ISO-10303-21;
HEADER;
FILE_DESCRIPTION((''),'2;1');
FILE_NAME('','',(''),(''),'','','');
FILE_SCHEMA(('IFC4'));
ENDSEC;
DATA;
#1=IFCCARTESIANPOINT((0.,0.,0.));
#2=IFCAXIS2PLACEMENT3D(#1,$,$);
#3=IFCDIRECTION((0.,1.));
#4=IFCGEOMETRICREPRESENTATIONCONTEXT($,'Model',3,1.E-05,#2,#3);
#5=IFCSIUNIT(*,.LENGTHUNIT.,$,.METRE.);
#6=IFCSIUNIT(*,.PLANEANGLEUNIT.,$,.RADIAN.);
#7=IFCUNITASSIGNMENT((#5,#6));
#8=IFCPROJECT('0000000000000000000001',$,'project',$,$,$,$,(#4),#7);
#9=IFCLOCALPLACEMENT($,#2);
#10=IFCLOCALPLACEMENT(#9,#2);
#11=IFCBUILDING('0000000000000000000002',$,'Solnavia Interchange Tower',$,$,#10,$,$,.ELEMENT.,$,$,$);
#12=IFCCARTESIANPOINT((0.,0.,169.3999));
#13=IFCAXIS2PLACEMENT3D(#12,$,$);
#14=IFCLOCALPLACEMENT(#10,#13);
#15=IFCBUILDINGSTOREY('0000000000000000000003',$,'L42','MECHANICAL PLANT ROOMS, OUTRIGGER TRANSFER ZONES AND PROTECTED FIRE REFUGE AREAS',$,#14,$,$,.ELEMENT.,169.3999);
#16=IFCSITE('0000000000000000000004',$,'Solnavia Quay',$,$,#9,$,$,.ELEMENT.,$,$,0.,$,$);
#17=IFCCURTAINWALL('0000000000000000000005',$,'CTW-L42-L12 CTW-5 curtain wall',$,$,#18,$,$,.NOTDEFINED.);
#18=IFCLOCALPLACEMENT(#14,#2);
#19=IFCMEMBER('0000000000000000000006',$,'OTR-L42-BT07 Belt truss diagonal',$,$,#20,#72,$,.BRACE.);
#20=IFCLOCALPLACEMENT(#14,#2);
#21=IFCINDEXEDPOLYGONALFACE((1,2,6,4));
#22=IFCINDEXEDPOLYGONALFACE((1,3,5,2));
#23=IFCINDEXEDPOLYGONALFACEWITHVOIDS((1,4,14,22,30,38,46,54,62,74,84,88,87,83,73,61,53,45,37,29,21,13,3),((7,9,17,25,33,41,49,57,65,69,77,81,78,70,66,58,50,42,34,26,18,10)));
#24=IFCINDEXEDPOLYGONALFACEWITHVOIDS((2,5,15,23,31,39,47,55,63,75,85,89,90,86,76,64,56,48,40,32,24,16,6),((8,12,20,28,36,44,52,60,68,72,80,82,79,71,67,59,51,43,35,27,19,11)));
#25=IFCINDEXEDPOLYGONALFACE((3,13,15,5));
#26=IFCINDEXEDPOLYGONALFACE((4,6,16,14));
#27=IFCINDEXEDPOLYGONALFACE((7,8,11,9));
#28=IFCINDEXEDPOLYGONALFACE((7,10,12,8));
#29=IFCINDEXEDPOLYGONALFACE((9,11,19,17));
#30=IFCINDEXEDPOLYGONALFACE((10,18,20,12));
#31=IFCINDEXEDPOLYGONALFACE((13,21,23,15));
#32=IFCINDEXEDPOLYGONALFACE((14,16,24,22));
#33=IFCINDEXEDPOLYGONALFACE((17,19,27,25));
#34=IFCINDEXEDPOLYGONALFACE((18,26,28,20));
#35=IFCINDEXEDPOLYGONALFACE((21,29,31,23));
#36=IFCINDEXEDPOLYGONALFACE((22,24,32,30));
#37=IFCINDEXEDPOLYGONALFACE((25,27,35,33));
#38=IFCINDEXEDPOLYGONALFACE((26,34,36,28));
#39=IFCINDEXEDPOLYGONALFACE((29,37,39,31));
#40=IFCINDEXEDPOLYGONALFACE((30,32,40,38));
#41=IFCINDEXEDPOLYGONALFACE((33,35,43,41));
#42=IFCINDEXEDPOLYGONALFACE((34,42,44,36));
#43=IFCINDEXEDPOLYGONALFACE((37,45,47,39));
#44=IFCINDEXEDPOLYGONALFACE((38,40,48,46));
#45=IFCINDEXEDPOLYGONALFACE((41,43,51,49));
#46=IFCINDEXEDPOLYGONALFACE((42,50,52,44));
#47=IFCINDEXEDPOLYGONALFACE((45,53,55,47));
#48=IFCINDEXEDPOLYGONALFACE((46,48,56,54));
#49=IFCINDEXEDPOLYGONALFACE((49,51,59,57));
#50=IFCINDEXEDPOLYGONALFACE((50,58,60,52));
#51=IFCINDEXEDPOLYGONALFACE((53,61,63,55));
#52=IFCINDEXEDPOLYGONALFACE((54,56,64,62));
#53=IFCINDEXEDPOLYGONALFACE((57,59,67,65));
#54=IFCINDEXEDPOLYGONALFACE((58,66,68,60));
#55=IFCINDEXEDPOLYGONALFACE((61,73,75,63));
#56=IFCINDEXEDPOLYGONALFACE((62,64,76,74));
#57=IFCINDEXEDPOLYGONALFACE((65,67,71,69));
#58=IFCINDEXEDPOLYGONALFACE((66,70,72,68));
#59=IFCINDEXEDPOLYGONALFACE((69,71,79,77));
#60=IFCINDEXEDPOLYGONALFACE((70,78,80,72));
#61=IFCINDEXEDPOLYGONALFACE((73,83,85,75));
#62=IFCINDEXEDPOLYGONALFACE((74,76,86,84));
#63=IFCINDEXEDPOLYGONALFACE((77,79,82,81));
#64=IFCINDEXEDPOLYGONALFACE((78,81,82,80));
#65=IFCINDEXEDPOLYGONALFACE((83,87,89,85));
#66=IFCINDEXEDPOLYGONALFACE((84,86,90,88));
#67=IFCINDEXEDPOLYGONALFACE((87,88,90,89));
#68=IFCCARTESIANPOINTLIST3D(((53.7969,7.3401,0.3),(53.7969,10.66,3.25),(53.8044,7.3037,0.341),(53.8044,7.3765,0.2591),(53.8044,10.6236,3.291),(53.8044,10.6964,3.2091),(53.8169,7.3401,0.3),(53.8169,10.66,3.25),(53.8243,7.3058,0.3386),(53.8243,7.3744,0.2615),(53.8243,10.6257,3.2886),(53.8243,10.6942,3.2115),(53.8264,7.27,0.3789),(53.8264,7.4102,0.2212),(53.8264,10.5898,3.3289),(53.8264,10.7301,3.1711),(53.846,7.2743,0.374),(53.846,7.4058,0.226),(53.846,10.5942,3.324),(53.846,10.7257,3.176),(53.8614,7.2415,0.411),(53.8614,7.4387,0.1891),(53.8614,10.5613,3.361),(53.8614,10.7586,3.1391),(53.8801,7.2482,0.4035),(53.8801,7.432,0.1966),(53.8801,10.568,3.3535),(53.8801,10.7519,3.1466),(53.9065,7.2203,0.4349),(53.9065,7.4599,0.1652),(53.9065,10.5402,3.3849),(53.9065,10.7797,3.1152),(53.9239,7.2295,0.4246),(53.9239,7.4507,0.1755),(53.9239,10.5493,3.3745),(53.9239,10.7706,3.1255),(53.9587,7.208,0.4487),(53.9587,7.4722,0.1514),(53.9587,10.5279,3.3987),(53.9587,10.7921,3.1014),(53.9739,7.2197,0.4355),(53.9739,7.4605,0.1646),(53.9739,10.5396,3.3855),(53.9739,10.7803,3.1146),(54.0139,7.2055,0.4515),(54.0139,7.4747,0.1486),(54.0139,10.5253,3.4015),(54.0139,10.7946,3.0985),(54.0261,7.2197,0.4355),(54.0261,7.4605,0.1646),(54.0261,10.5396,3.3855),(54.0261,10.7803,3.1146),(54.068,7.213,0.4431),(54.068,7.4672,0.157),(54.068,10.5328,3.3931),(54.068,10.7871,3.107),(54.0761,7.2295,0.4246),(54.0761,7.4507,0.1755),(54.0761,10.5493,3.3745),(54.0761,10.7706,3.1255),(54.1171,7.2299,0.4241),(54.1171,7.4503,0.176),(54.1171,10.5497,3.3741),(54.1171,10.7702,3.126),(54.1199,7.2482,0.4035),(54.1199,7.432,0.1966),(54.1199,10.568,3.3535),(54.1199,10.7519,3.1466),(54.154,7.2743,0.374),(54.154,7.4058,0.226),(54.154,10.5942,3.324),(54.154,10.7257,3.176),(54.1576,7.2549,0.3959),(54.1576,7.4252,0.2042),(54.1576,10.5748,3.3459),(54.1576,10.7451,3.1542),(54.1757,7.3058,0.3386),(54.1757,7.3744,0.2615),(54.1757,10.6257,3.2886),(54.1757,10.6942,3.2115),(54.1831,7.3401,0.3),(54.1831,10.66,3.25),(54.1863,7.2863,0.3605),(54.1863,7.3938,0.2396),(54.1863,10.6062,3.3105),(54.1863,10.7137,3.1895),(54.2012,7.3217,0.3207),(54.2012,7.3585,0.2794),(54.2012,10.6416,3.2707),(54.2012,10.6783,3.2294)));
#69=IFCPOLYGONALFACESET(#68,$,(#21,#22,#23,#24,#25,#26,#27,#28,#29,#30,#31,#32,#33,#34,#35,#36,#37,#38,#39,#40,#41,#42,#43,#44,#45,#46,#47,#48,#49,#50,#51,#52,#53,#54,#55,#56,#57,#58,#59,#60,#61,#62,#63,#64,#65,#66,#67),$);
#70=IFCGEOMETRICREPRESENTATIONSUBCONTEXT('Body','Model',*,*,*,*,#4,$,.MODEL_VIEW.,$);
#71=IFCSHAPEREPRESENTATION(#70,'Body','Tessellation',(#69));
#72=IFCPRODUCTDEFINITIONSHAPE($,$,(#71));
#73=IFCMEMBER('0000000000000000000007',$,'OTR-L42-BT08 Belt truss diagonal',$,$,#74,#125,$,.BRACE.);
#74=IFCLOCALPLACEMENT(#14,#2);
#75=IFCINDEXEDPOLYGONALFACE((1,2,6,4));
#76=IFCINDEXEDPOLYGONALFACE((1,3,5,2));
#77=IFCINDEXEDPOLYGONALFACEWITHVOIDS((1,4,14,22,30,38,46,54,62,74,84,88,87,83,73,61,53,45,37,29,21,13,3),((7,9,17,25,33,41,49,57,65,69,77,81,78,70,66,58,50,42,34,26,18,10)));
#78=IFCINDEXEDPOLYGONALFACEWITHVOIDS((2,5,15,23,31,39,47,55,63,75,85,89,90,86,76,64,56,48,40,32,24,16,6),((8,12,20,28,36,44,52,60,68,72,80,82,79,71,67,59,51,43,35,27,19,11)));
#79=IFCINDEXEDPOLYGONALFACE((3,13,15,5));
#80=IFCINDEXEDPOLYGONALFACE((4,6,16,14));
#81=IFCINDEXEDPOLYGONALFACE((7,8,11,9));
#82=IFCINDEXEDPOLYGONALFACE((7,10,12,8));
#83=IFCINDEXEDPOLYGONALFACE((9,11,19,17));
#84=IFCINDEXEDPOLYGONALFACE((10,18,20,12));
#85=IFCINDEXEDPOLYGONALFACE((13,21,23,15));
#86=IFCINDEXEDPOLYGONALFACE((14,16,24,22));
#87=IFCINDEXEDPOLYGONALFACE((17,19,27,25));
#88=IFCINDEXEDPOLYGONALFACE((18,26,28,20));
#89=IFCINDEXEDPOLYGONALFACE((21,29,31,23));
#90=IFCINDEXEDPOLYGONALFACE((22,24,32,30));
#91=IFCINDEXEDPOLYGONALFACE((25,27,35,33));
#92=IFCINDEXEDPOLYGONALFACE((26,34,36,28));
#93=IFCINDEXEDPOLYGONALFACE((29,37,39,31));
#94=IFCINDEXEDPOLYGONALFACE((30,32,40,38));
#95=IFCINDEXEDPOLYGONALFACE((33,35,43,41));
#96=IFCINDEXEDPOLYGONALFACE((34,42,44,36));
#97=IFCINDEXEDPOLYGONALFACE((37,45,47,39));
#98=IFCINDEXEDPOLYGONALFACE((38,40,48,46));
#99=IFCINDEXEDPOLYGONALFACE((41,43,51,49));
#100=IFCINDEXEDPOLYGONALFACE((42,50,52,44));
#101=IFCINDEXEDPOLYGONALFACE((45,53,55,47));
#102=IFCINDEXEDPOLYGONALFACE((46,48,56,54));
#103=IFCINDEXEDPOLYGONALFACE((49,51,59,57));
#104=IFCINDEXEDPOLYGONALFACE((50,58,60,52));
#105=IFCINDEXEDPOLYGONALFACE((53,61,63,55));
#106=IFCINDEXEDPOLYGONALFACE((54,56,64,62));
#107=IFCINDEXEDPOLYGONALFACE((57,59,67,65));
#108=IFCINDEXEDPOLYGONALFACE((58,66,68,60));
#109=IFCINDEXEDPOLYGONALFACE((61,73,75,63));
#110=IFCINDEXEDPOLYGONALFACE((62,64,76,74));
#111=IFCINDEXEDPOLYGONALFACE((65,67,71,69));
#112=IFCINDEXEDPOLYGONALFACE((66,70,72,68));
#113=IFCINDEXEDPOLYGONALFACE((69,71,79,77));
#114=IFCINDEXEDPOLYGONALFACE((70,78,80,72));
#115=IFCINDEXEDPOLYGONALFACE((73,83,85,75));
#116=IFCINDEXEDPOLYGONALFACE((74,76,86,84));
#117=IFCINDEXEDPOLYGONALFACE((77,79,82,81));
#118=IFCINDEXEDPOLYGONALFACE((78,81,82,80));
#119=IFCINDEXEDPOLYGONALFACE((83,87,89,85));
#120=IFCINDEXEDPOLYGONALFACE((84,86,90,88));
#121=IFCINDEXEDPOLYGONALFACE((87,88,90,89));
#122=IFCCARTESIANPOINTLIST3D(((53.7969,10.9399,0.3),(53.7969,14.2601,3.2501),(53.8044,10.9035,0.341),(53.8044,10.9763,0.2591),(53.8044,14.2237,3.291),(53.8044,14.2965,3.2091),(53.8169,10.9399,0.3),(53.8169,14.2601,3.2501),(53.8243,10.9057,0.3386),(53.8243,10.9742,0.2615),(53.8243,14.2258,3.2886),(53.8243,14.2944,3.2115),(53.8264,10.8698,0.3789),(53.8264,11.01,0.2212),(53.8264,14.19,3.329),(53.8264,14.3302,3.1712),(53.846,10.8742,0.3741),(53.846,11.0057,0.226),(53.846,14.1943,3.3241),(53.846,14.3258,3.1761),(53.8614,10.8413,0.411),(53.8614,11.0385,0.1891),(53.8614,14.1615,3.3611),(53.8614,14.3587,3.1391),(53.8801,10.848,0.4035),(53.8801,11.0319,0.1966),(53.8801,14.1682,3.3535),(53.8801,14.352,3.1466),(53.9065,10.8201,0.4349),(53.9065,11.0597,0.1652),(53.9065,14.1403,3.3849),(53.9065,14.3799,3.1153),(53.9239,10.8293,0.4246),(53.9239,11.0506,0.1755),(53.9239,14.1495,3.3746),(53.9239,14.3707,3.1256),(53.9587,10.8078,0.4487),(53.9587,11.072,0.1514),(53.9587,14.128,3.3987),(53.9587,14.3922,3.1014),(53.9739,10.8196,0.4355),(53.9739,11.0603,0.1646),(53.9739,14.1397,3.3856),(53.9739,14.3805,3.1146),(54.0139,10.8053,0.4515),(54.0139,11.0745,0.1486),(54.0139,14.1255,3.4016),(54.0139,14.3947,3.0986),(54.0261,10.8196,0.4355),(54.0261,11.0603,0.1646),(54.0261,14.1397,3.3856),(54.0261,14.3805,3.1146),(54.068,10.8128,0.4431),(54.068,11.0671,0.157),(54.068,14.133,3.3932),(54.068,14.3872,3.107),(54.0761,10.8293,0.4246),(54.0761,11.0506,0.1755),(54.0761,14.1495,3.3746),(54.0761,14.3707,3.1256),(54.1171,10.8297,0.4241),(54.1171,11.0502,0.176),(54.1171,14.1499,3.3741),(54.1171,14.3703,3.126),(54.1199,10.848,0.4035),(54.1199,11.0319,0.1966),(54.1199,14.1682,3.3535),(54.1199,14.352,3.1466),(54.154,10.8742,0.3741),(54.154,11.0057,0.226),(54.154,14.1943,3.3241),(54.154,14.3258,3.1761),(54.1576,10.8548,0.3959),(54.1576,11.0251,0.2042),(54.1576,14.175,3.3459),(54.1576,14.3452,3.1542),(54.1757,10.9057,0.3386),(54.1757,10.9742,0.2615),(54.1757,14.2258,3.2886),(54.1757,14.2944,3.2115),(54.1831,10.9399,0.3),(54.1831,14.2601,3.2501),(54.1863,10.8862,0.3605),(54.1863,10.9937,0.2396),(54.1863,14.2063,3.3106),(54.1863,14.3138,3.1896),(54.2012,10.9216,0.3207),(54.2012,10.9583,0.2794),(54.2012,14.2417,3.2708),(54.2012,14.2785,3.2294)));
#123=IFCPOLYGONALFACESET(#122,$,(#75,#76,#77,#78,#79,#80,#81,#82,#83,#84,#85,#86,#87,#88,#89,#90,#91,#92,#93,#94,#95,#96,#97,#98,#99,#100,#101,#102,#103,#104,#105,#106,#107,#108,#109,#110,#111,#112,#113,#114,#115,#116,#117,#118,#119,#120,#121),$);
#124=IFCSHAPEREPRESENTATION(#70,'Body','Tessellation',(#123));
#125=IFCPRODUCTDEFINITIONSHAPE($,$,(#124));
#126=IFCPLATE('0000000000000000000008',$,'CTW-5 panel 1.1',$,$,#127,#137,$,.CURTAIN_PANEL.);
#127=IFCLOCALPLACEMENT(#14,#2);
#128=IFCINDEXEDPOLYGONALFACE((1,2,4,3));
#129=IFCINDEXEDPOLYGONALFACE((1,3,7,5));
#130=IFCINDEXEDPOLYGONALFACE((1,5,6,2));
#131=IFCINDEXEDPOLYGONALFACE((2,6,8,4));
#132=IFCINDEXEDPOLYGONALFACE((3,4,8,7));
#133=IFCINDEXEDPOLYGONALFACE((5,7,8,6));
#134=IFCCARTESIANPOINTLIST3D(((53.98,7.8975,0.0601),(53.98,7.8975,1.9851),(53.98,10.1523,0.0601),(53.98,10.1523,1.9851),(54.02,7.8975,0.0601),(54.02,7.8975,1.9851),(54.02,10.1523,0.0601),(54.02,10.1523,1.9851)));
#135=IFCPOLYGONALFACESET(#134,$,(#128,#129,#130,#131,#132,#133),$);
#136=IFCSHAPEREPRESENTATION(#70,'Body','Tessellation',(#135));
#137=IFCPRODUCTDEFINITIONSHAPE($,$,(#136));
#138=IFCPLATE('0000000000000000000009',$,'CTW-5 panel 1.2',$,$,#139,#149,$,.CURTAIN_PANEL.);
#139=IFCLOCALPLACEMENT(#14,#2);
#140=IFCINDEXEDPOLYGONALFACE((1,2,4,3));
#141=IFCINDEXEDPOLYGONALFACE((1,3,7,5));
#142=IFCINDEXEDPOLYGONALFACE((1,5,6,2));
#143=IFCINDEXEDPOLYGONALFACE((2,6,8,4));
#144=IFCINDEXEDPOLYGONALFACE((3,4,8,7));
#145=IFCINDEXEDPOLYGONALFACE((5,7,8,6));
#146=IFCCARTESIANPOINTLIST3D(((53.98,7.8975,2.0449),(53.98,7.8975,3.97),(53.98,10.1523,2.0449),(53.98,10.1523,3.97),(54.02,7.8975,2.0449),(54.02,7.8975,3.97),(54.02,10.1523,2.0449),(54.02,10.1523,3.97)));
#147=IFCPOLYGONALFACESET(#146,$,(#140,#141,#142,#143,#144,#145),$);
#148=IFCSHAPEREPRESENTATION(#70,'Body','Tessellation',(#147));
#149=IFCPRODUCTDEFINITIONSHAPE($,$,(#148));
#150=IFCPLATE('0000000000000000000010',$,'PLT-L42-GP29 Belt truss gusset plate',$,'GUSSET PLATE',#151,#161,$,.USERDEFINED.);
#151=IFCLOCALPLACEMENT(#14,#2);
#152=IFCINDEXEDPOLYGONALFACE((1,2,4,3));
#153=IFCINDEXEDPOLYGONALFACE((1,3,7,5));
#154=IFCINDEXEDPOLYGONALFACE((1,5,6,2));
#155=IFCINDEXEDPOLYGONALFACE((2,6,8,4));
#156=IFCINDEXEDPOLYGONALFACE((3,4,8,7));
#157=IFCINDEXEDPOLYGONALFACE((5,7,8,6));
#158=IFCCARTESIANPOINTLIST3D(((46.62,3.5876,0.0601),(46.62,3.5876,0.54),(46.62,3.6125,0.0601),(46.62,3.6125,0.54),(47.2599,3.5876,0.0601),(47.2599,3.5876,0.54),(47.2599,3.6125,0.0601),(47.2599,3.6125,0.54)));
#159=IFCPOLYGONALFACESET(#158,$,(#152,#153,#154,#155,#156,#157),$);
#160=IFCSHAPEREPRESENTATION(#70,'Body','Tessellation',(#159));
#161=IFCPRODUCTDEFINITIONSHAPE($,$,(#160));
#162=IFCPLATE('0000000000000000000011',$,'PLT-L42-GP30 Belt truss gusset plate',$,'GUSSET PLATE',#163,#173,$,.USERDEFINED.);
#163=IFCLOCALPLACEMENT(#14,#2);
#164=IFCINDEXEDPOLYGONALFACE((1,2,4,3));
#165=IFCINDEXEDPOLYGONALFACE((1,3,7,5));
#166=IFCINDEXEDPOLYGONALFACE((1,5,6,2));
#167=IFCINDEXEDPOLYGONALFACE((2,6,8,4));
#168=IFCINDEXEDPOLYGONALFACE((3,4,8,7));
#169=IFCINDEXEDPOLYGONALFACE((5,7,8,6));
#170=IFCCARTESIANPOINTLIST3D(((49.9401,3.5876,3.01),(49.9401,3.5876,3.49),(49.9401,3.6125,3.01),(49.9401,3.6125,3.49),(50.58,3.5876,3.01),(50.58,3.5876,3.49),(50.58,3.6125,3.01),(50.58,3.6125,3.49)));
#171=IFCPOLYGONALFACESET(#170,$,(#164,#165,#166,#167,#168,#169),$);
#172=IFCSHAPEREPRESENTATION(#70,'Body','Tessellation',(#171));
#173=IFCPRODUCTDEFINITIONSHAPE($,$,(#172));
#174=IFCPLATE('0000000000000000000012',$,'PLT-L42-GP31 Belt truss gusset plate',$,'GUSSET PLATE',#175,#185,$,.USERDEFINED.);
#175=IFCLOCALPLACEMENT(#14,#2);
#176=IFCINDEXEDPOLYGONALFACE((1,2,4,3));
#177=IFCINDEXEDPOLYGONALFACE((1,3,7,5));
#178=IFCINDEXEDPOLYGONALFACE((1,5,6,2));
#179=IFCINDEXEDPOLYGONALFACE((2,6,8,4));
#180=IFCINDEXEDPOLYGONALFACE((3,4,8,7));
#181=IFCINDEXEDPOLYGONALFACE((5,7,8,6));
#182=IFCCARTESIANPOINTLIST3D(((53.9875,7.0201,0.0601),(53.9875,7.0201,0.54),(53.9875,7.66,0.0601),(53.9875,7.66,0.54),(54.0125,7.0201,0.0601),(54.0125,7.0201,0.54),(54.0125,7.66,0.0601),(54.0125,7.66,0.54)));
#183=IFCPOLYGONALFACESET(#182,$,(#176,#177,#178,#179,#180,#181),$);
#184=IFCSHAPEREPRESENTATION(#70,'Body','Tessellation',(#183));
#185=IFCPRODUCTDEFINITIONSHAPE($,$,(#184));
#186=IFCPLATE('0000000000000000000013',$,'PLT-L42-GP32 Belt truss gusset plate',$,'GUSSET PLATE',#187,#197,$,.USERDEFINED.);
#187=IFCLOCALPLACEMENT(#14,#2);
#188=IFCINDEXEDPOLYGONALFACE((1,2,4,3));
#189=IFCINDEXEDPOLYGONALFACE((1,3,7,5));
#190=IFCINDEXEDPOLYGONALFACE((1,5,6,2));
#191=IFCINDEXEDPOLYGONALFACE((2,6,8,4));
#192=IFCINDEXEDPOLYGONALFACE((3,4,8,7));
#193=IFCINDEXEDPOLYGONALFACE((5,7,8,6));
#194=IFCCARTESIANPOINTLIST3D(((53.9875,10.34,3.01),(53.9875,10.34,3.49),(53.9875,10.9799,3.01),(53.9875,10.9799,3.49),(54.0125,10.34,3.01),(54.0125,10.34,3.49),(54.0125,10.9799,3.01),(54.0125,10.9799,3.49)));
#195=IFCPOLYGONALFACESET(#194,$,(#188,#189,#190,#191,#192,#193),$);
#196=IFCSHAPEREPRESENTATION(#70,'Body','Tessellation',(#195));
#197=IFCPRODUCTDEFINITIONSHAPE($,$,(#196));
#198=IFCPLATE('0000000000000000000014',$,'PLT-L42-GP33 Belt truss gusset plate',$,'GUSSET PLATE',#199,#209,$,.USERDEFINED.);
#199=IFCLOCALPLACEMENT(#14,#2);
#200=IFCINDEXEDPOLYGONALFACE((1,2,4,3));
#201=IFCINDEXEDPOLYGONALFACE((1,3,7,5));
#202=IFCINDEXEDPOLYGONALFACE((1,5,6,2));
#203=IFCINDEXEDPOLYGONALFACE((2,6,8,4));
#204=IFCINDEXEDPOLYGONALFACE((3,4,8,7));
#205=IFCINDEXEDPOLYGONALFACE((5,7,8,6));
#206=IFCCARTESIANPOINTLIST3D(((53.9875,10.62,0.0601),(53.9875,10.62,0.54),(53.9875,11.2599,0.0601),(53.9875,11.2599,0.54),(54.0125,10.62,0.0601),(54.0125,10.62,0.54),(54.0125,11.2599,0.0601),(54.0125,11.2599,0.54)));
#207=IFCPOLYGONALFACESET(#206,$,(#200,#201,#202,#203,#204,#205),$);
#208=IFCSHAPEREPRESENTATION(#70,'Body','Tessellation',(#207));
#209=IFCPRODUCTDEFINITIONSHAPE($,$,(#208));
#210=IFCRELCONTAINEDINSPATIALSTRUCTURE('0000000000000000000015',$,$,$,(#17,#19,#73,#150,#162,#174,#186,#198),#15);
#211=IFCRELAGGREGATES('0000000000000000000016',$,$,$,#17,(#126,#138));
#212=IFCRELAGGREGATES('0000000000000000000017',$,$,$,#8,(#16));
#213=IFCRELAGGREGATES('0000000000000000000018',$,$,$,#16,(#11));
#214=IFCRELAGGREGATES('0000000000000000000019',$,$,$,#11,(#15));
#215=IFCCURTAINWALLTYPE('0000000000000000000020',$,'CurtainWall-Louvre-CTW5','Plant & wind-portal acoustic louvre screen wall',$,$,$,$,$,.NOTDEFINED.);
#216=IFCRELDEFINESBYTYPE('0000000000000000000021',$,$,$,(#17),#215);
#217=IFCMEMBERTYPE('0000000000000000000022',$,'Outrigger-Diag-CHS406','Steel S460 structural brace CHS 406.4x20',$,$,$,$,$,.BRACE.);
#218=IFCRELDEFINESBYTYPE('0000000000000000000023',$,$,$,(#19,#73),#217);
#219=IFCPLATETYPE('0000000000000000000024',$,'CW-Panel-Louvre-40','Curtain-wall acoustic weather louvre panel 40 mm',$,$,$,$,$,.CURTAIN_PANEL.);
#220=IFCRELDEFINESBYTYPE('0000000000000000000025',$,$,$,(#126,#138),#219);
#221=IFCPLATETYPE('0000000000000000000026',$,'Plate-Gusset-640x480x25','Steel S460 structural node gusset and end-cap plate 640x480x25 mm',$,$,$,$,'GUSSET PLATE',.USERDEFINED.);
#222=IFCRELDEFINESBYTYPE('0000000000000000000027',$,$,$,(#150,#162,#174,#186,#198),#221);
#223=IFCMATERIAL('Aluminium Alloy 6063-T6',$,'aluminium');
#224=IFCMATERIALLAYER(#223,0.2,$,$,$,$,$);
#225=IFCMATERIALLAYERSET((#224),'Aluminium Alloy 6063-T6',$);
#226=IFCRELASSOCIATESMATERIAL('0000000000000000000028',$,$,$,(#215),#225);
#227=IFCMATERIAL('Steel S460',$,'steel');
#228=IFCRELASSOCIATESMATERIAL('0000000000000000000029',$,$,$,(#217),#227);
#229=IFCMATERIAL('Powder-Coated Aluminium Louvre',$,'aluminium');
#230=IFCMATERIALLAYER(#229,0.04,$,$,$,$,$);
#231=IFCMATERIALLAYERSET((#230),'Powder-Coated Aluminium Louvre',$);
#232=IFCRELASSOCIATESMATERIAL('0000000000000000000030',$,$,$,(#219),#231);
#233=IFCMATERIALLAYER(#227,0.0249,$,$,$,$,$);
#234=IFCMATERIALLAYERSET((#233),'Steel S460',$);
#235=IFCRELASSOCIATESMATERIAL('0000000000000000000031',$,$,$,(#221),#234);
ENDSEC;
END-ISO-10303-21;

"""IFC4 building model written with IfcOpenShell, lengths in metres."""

from ifc_helpers import new_model, si_unit, direction, frame, origin, origin_2d, place, context, subcontext, project, spatial, rectangle, hollow_circle, extrude, material, layer, layer_set, material_profile, profile_set, type_object, element, aggregate, save


model = new_model("IFC4")

# Units and contexts
model_context = context("Model", 3, precision=1e-05, world=origin(), true_north=direction((0.0, 1.0)))
body_context = subcontext(model_context, "Body", "Model", "MODEL_VIEW")
ifc_project = project(units=[si_unit("LENGTHUNIT", "METRE"), si_unit("PLANEANGLEUNIT", "RADIAN")], contexts=[model_context])

# Site, building, storey
site_placement = place(None, origin())
site = spatial("IfcSite", under=ifc_project, at=site_placement, Name="Solnavia Quay", CompositionType="ELEMENT", RefElevation=0.0)
building_placement = place(site_placement, origin())
building = spatial("IfcBuilding", under=site, at=building_placement, Name="Solnavia Interchange Tower", CompositionType="ELEMENT")
storey_placement = place(building_placement, frame((0.0, 0.0, 169.3999)))
storey = spatial("IfcBuildingStorey", under=building, at=storey_placement, Name="L42", Description="MECHANICAL PLANT ROOMS, OUTRIGGER TRANSFER ZONES AND PROTECTED FIRE REFUGE AREAS", CompositionType="ELEMENT", Elevation=169.3999)

# Curtain wall
ifc_material_1 = material(Name="Aluminium Alloy 6063-T6", Category="aluminium")
ifc_layer_1 = layer(ifc_material_1, 0.2)
ifc_layer_set_1 = layer_set([ifc_layer_1], Name="Aluminium Alloy 6063-T6")
curtain_wall_type = type_object("IfcCurtainWallType", Name="CurtainWall-Louvre-CTW5", Description="Plant & wind-portal acoustic louvre screen wall", PredefinedType="NOTDEFINED", material=ifc_layer_set_1)
curtain_wall_placement = place(storey_placement, origin())
curtain_wall = element("IfcCurtainWall", 1, at=curtain_wall_placement, inside=storey, type_object=curtain_wall_type, Name="CTW-L42-L12 CTW-5 curtain wall", PredefinedType="NOTDEFINED")

# Members
ifc_material_2 = material(Name="Steel S460", Category="steel")
ifc_material_profile_1 = material_profile(ifc_material_2, hollow_circle(Radius=0.2031, WallThickness=0.02, at=origin_2d()), Name="CHS 406.4x20")
ifc_profile_set_1 = profile_set([ifc_material_profile_1], Name="Steel S460")
member_type_1 = type_object("IfcMemberType", Name="Outrigger-Diag-CHS406", Description="Steel S460 structural brace CHS 406.4x20", PredefinedType="BRACE", material=ifc_profile_set_1)
member_1_placement = place(storey_placement, frame((54.0, 7.3401, 0.3), z_axis=(0.0, 0.747522, 0.664238), x_axis=(-1.0, 0.0, 0.0)))
element("IfcMember", 2, at=member_1_placement, inside=storey, type_object=member_type_1, Name="OTR-L42-BT07 Belt truss diagonal", PredefinedType="BRACE", context=body_context, shape_type="SweptSolid", body=[
    extrude(hollow_circle(Radius=0.2031, WallThickness=0.02, at=origin_2d()), origin(), (0.0, 0.0, 1.0), 4.4412),
])
member_2_placement = place(storey_placement, frame((54.0, 10.9399, 0.3), z_axis=(0.0, 0.747546, 0.66421), x_axis=(-1.0, 0.0, 0.0)))
element("IfcMember", 3, at=member_2_placement, inside=storey, type_object=member_type_1, Name="OTR-L42-BT08 Belt truss diagonal", PredefinedType="BRACE", context=body_context, shape_type="SweptSolid", body=[
    extrude(hollow_circle(Radius=0.2031, WallThickness=0.02, at=origin_2d()), origin(), (0.0, 0.0, 1.0), 4.4414),
])

# Plates
ifc_material_3 = material(Name="Powder-Coated Aluminium Louvre", Category="aluminium")
ifc_layer_2 = layer(ifc_material_3, 0.04)
ifc_layer_set_2 = layer_set([ifc_layer_2], Name="Powder-Coated Aluminium Louvre")
plate_type_1 = type_object("IfcPlateType", Name="CW-Panel-Louvre-40", Description="Curtain-wall acoustic weather louvre panel 40 mm", PredefinedType="CURTAIN_PANEL", material=ifc_layer_set_2)
plate_1_placement = place(storey_placement, frame((54.0, 9.0249, 0.0601), z_axis=(0.0, 0.0, 1.0), x_axis=(0.0, 1.0, 0.0)))
plate_1 = element("IfcPlate", 4, at=plate_1_placement, type_object=plate_type_1, Name="CTW-5 panel 1.1", PredefinedType="CURTAIN_PANEL", context=body_context, shape_type="SweptSolid", body=[
    extrude(rectangle(XDim=2.2549, YDim=0.04, at=origin_2d()), origin(), (0.0, 0.0, 1.0), 1.925),
])
plate_2_placement = place(storey_placement, frame((54.0, 9.0249, 2.0449), z_axis=(0.0, 0.0, 1.0), x_axis=(0.0, 1.0, 0.0)))
plate_2 = element("IfcPlate", 5, at=plate_2_placement, type_object=plate_type_1, Name="CTW-5 panel 1.2", PredefinedType="CURTAIN_PANEL", context=body_context, shape_type="SweptSolid", body=[
    extrude(rectangle(XDim=2.2549, YDim=0.04, at=origin_2d()), origin(), (0.0, 0.0, 1.0), 1.925),
])
aggregate(curtain_wall, [plate_1, plate_2])

# Plates
ifc_layer_3 = layer(ifc_material_2, 0.0249)
ifc_layer_set_3 = layer_set([ifc_layer_3], Name="Steel S460")
plate_type_2 = type_object("IfcPlateType", Name="Plate-Gusset-640x480x25", Description="Steel S460 structural node gusset and end-cap plate 640x480x25 mm", ElementType="GUSSET PLATE", PredefinedType="USERDEFINED", material=ifc_layer_set_3)
for number, where, z_axis, x_axis, name in (
    (6, (46.9399, 3.6001, 0.0601), (0.0, 0.0, 1.0), (1.0, 0.0, 0.0), "PLT-L42-GP29 Belt truss gusset plate"),
    (7, (50.26, 3.6001, 3.01), (0.0, 0.0, 1.0), (1.0, 0.0, 0.0), "PLT-L42-GP30 Belt truss gusset plate"),
    (8, (54.0, 7.3401, 0.0601), (0.0, 0.0, 1.0), (0.0, 1.0, 0.0), "PLT-L42-GP31 Belt truss gusset plate"),
    (9, (54.0, 10.6599, 3.01), (0.0, 0.0, 1.0), (0.0, 1.0, 0.0), "PLT-L42-GP32 Belt truss gusset plate"),
    (10, (54.0, 10.9399, 0.0601), (0.0, 0.0, 1.0), (0.0, 1.0, 0.0), "PLT-L42-GP33 Belt truss gusset plate"),
):
    element("IfcPlate", number, at=place(storey_placement, frame(where, z_axis=z_axis, x_axis=x_axis)), inside=storey, type_object=plate_type_2, Name=name, ObjectType="GUSSET PLATE", PredefinedType="USERDEFINED", context=body_context, shape_type="SweptSolid", body=[
        extrude(rectangle(XDim=0.6399, YDim=0.0249, at=origin_2d()), origin(), (0.0, 0.0, 1.0), 0.48),
    ])

save(model, "model.ifc")
